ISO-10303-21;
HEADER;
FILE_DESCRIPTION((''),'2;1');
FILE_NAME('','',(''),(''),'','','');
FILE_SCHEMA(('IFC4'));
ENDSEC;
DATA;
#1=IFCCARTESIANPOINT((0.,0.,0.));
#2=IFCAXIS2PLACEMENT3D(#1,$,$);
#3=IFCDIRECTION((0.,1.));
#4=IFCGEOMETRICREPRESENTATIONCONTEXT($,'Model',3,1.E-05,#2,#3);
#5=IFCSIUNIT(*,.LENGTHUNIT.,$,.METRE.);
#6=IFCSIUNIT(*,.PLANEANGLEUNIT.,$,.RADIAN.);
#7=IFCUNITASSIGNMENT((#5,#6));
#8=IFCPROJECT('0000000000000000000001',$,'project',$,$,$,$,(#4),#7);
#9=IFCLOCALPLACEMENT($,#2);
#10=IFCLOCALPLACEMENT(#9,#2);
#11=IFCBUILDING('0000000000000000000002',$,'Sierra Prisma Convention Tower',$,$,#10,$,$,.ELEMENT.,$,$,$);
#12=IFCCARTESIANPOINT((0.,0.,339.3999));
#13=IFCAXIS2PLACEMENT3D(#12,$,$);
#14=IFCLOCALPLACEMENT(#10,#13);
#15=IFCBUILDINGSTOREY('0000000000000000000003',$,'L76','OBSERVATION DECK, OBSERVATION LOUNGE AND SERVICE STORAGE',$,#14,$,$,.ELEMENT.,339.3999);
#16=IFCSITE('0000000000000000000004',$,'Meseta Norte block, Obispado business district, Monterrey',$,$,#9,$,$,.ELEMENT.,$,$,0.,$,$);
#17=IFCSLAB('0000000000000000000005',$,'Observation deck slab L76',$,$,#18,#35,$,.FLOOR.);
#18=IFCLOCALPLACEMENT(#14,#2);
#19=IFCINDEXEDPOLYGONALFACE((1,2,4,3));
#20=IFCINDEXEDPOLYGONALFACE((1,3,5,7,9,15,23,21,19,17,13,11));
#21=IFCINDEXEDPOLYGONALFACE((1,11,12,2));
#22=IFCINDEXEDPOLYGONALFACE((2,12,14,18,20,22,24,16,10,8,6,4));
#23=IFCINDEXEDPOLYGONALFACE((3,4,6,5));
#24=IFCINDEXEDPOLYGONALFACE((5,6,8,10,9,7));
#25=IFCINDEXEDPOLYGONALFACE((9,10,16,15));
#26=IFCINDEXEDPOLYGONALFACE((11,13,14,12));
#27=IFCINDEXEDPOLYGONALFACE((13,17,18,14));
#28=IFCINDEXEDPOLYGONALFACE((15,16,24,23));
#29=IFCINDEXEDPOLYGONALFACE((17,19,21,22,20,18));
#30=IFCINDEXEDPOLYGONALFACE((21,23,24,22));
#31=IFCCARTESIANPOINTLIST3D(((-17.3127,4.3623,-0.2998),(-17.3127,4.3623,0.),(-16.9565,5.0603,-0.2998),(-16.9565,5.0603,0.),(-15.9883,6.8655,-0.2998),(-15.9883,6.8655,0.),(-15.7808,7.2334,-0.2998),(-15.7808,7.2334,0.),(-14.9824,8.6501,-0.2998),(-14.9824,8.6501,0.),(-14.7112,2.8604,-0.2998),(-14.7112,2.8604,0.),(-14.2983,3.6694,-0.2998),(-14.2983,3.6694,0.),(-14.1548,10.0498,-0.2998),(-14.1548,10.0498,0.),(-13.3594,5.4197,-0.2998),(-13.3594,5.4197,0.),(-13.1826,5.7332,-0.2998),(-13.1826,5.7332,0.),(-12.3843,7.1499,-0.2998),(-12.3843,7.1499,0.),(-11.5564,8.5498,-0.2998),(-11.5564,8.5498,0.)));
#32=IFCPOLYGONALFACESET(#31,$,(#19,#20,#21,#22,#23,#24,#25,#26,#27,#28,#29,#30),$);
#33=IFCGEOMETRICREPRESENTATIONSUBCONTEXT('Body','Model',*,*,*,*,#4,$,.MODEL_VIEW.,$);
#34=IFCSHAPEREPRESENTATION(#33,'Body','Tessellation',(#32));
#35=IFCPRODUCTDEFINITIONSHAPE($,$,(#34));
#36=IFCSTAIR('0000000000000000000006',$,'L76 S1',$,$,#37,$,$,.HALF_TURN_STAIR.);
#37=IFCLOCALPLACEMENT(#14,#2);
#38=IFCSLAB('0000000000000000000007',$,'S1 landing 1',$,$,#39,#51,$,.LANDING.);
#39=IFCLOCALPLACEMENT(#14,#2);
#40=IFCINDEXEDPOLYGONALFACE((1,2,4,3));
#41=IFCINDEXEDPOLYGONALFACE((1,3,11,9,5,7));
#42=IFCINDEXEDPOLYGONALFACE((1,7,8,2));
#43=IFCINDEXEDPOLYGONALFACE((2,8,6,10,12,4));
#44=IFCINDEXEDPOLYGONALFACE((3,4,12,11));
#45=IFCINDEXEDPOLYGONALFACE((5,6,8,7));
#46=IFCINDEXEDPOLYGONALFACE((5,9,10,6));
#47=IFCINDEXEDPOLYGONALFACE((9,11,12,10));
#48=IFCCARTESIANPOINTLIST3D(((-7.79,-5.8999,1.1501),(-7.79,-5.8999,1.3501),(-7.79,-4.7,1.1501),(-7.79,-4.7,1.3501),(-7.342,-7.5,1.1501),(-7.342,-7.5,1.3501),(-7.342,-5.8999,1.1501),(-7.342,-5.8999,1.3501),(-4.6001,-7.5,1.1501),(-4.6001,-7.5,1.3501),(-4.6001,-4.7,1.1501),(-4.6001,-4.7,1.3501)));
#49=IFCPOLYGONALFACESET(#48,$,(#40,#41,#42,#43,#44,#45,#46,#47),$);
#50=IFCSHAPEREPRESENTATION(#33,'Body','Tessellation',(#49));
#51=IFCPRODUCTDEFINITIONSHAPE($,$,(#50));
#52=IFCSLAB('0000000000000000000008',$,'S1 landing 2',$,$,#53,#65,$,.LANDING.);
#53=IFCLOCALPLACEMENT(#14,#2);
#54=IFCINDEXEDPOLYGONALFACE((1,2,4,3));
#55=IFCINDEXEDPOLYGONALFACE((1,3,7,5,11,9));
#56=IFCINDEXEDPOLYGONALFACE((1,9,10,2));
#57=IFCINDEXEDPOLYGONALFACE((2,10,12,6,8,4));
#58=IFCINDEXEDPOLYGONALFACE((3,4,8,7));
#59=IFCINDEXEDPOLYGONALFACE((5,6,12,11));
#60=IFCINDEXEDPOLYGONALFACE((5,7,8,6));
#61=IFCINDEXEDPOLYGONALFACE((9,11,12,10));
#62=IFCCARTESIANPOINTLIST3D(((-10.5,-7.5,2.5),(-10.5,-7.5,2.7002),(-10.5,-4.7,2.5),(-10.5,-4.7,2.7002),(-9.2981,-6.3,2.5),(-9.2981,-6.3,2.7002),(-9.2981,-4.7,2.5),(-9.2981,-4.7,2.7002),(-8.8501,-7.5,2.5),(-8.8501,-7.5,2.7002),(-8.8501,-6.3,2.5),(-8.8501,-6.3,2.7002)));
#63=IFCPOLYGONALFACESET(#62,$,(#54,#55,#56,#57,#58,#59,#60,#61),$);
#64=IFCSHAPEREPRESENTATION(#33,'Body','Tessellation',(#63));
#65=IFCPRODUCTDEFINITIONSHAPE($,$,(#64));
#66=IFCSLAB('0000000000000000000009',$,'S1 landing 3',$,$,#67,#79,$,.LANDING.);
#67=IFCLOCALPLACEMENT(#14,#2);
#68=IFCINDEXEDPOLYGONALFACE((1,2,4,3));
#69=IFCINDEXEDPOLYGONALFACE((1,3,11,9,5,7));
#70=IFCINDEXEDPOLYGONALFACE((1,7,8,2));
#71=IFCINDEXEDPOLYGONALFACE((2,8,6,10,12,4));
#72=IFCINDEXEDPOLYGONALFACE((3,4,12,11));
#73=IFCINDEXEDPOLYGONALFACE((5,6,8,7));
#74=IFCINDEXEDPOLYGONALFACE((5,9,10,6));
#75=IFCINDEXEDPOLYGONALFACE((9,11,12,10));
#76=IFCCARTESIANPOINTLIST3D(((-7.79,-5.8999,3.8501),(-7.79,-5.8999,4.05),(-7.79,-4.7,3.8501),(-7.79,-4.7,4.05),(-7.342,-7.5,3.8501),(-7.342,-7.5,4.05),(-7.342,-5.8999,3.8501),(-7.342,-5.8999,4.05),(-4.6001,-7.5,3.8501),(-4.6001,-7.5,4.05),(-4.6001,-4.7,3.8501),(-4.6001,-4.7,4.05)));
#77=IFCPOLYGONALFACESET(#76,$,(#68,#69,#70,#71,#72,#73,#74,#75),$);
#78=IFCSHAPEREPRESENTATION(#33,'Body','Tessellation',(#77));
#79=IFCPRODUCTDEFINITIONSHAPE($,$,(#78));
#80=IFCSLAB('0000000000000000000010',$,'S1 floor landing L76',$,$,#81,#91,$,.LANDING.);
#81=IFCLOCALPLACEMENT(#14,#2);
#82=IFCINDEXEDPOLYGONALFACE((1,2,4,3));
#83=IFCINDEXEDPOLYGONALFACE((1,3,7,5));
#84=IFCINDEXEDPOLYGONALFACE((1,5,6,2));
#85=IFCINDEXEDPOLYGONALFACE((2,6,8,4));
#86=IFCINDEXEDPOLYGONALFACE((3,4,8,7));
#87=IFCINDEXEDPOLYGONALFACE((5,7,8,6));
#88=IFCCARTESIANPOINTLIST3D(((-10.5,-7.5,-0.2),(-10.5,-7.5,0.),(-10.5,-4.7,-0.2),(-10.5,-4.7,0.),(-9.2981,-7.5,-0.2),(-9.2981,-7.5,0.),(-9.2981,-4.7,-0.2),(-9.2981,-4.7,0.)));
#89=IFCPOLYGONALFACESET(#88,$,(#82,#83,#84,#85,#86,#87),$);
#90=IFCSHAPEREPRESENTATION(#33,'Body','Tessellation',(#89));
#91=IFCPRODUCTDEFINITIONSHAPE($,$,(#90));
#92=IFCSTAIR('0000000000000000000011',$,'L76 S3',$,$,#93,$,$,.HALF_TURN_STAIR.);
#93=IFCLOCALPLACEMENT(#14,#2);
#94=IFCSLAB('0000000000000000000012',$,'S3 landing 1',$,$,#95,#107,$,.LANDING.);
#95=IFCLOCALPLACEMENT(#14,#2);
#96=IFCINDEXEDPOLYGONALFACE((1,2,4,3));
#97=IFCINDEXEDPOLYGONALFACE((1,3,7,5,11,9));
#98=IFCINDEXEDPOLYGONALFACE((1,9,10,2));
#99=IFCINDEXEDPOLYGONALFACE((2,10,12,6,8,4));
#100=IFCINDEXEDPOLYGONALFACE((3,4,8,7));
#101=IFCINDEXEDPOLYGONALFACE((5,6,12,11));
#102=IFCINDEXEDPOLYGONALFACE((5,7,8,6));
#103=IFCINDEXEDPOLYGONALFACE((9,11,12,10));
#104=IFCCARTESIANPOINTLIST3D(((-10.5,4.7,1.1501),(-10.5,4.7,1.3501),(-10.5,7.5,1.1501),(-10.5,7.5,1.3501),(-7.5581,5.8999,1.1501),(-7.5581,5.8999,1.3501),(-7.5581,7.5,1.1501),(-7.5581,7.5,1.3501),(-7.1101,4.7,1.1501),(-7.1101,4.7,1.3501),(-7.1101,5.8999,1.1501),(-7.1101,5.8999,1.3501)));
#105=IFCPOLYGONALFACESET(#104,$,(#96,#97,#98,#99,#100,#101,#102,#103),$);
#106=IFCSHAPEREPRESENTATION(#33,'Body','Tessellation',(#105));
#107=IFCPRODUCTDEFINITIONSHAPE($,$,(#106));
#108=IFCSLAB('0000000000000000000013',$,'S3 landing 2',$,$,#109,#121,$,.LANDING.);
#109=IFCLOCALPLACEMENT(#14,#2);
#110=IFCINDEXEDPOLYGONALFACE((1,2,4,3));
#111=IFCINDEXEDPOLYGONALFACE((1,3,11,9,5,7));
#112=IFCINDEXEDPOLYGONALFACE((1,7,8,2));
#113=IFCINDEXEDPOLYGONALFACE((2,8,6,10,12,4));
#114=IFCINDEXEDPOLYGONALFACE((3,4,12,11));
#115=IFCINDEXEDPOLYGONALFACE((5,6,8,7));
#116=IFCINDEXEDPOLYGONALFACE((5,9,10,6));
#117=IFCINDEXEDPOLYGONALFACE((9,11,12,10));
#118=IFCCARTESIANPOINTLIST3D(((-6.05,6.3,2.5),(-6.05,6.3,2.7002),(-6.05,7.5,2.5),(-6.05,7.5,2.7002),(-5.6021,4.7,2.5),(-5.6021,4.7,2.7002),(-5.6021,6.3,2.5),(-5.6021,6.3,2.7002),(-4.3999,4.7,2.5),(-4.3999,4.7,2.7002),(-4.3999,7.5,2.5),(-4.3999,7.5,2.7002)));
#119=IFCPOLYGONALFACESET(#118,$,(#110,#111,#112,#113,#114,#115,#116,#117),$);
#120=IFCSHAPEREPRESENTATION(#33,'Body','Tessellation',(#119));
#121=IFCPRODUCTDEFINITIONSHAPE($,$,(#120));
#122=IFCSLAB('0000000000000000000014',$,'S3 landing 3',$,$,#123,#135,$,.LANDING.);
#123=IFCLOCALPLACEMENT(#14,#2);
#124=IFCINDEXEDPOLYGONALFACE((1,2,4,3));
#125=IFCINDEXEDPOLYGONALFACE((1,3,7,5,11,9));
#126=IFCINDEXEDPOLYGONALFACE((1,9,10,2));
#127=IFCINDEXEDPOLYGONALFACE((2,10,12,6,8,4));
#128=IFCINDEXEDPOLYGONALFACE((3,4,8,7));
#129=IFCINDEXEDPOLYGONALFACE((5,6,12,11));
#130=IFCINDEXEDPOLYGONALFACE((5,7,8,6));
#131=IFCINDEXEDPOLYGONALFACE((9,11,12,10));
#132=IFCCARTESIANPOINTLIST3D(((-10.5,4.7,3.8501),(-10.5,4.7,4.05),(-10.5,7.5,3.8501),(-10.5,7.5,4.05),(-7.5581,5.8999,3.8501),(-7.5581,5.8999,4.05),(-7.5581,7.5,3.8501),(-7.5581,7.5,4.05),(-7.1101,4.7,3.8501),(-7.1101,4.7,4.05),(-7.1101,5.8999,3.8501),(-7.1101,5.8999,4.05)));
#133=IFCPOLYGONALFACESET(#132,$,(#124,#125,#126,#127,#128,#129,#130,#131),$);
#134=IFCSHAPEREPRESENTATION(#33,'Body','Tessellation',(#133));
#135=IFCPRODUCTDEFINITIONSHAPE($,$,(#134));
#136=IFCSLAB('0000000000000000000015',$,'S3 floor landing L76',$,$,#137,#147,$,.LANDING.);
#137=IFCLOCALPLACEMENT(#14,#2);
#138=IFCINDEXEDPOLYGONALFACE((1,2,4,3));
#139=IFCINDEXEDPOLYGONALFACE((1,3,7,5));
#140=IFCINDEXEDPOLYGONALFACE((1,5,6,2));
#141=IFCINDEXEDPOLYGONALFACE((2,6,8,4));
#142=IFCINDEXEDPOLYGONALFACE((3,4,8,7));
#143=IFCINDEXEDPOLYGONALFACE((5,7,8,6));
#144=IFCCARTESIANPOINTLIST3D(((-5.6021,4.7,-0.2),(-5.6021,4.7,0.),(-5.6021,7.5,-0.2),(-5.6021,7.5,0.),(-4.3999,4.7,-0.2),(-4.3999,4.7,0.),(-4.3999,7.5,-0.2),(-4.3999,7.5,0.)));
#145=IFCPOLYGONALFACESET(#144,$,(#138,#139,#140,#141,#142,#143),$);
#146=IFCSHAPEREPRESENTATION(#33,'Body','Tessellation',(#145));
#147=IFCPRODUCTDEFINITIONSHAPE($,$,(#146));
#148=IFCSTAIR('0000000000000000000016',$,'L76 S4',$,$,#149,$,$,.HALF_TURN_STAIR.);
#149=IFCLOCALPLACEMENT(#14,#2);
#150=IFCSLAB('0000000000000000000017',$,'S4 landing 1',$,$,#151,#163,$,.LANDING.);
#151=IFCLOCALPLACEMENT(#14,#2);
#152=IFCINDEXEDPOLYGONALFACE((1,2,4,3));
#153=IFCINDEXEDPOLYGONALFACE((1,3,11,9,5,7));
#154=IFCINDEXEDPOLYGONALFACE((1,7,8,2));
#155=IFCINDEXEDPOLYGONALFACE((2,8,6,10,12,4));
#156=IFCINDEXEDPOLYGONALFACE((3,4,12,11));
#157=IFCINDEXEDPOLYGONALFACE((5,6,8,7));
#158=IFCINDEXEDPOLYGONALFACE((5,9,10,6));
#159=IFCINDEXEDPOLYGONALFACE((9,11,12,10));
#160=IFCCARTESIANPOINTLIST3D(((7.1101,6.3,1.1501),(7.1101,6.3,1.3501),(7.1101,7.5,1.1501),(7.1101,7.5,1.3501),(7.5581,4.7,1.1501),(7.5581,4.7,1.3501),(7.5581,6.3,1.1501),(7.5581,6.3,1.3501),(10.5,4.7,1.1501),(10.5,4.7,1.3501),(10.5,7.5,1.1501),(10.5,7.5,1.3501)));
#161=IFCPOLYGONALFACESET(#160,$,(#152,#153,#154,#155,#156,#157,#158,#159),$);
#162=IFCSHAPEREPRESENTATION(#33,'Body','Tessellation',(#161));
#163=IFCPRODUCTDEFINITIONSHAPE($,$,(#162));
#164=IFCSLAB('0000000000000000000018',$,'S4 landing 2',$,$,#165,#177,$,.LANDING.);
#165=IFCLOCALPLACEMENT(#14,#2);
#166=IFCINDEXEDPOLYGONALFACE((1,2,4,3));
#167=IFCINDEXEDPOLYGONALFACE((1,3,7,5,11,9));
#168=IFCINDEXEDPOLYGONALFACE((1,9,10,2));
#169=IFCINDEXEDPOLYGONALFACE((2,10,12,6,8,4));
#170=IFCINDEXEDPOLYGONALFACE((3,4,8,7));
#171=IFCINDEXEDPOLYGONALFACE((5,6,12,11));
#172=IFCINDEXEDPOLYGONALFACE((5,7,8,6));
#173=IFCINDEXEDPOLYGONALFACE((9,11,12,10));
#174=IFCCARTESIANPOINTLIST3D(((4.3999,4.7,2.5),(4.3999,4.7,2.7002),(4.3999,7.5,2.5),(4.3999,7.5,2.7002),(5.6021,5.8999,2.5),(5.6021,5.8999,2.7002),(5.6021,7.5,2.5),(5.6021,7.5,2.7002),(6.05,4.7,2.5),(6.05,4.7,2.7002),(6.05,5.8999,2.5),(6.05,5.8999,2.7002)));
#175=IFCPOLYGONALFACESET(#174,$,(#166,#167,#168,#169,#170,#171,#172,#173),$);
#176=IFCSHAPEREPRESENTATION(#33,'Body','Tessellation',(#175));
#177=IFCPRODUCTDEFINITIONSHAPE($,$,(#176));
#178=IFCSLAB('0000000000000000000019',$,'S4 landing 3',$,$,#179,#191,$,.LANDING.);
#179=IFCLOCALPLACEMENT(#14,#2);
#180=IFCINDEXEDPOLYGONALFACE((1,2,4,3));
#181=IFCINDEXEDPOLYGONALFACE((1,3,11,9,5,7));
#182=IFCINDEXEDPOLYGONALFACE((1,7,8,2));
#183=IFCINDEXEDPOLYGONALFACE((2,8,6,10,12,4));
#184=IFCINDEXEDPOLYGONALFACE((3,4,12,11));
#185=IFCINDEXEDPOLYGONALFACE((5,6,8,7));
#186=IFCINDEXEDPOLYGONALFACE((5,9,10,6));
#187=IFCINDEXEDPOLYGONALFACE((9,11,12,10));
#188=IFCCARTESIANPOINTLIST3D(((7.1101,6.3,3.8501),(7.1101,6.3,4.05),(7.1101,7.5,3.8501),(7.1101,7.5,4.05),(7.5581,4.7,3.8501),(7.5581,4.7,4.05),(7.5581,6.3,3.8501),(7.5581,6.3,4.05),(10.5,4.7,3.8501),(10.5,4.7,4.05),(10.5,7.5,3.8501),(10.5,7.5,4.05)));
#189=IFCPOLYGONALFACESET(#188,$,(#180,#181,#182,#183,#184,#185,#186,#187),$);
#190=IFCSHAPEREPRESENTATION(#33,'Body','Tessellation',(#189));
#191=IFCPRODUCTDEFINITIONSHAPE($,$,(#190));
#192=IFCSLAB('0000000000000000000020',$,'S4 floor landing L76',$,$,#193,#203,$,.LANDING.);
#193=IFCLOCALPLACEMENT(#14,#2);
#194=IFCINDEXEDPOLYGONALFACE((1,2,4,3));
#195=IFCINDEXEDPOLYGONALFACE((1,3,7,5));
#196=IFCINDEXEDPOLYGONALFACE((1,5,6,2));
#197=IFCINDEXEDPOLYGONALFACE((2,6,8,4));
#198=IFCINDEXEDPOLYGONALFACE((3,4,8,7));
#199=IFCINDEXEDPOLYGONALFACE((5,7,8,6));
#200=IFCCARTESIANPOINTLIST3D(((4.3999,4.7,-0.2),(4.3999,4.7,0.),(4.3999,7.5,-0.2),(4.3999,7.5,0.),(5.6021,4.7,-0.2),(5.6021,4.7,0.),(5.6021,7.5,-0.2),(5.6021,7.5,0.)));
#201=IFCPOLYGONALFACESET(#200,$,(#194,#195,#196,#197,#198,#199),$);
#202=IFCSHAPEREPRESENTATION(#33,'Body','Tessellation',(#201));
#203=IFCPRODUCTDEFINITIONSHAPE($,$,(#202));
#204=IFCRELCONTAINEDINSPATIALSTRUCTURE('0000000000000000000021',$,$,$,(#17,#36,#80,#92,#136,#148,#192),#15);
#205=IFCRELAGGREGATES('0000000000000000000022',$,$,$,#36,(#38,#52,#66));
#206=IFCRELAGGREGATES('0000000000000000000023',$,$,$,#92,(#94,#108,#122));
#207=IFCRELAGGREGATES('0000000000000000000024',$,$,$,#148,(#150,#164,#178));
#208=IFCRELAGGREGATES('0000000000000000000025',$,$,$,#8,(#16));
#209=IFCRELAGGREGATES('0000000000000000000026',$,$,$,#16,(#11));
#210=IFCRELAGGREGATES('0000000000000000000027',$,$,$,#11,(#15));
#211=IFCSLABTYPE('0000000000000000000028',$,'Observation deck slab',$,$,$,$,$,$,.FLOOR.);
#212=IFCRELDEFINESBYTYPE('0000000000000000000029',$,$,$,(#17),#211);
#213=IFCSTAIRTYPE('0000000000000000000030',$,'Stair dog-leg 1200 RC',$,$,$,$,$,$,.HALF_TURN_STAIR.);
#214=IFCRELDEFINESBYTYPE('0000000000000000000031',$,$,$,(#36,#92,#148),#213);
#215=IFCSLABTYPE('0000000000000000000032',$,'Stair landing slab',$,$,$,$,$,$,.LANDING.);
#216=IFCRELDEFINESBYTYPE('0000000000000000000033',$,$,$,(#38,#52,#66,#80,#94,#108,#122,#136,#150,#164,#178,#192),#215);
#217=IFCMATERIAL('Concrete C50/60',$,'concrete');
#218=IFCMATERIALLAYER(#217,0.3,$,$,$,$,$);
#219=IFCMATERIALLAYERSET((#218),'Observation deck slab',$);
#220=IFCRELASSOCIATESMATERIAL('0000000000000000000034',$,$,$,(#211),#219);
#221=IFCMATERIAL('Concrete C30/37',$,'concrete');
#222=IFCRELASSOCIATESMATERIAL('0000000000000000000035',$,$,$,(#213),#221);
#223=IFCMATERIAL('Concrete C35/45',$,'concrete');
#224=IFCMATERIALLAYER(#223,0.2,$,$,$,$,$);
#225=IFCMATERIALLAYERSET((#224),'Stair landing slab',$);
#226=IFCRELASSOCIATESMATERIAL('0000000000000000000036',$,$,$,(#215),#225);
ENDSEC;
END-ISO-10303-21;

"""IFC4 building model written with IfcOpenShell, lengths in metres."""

from ifc_helpers import new_model, si_unit, direction, frame, origin, place, context, subcontext, project, spatial, polyline, outline, extrude, material, layer, layer_set, type_object, element, aggregate, save


model = new_model("IFC4")

# Units and contexts
model_context = context("Model", 3, precision=1e-05, world=origin(), true_north=direction((0.0, 1.0)))
body_context = subcontext(model_context, "Body", "Model", "MODEL_VIEW")
ifc_project = project(units=[si_unit("LENGTHUNIT", "METRE"), si_unit("PLANEANGLEUNIT", "RADIAN")], contexts=[model_context])

# Site, building, storey
site_placement = place(None, origin())
site = spatial("IfcSite", under=ifc_project, at=site_placement, Name="Meseta Norte block, Obispado business district, Monterrey", CompositionType="ELEMENT", RefElevation=0.0)
building_placement = place(site_placement, origin())
building = spatial("IfcBuilding", under=site, at=building_placement, Name="Sierra Prisma Convention Tower", CompositionType="ELEMENT")
storey_placement = place(building_placement, frame((0.0, 0.0, 339.3999)))
storey = spatial("IfcBuildingStorey", under=building, at=storey_placement, Name="L76", Description="OBSERVATION DECK, OBSERVATION LOUNGE AND SERVICE STORAGE", CompositionType="ELEMENT", Elevation=339.3999)

# Slab
ifc_material_1 = material(Name="Concrete C50/60", Category="concrete")
ifc_layer_1 = layer(ifc_material_1, 0.3)
ifc_layer_set_1 = layer_set([ifc_layer_1], Name="Observation deck slab")
slab_type_1 = type_object("IfcSlabType", Name="Observation deck slab", PredefinedType="FLOOR", material=ifc_layer_set_1)
slab_1_placement = place(storey_placement, frame((0.0, 0.0, -0.2998)))
element("IfcSlab", 1, at=slab_1_placement, inside=storey, type_object=slab_type_1, Name="Observation deck slab L76", PredefinedType="FLOOR", context=body_context, shape_type="SweptSolid", body=[
    extrude(outline(polyline([(-16.9565, 5.0603), (-15.9883, 6.8655), (-15.7808, 7.2334), (-14.9824, 8.6501), (-14.1548, 10.0498), (-11.5564, 8.5498), (-12.3843, 7.1499), (-13.1826, 5.7332), (-13.3594, 5.4197), (-14.2983, 3.6694), (-14.7112, 2.8604), (-17.3127, 4.3623), (-16.9565, 5.0603)])), origin(), (0.0, 0.0, 1.0), 0.2998),
])

# Stair, slabs
ifc_material_2 = material(Name="Concrete C30/37", Category="concrete")
stair_type = type_object("IfcStairType", Name="Stair dog-leg 1200 RC", PredefinedType="HALF_TURN_STAIR", material=ifc_material_2)
stair_1_placement = place(storey_placement, origin())
stair_1 = element("IfcStair", 2, at=stair_1_placement, inside=storey, type_object=stair_type, Name="L76 S1", PredefinedType="HALF_TURN_STAIR")
ifc_material_3 = material(Name="Concrete C35/45", Category="concrete")
ifc_layer_2 = layer(ifc_material_3, 0.2)
ifc_layer_set_2 = layer_set([ifc_layer_2], Name="Stair landing slab")
slab_type_2 = type_object("IfcSlabType", Name="Stair landing slab", PredefinedType="LANDING", material=ifc_layer_set_2)
slab_2_placement = place(storey_placement, frame((0.0, 0.0, 1.1501)))
slab_2 = element("IfcSlab", 3, at=slab_2_placement, type_object=slab_type_2, Name="S1 landing 1", PredefinedType="LANDING", context=body_context, shape_type="SweptSolid", body=[
    extrude(outline(polyline([(-4.6001, -4.7), (-4.6001, -7.5), (-7.342, -7.5), (-7.342, -5.8999), (-7.79, -5.8999), (-7.79, -4.7), (-4.6001, -4.7)])), origin(), (0.0, 0.0, 1.0), 0.2),
])
slab_3_placement = place(storey_placement, frame((0.0, 0.0, 2.5)))
slab_3 = element("IfcSlab", 4, at=slab_3_placement, type_object=slab_type_2, Name="S1 landing 2", PredefinedType="LANDING", context=body_context, shape_type="SweptSolid", body=[
    extrude(outline(polyline([(-10.5, -7.5), (-10.5, -4.7), (-9.2981, -4.7), (-9.2981, -6.3), (-8.8501, -6.3), (-8.8501, -7.5), (-10.5, -7.5)])), origin(), (0.0, 0.0, 1.0), 0.2002),
])
slab_4_placement = place(storey_placement, frame((0.0, 0.0, 3.8501)))
slab_4 = element("IfcSlab", 5, at=slab_4_placement, type_object=slab_type_2, Name="S1 landing 3", PredefinedType="LANDING", context=body_context, shape_type="SweptSolid", body=[
    extrude(outline(polyline([(-4.6001, -4.7), (-4.6001, -7.5), (-7.342, -7.5), (-7.342, -5.8999), (-7.79, -5.8999), (-7.79, -4.7), (-4.6001, -4.7)])), origin(), (0.0, 0.0, 1.0), 0.2),
])
aggregate(stair_1, [slab_2, slab_3, slab_4])

# Slab
slab_5_placement = place(storey_placement, frame((0.0, 0.0, -0.2)))
element("IfcSlab", 6, at=slab_5_placement, inside=storey, type_object=slab_type_2, Name="S1 floor landing L76", PredefinedType="LANDING", context=body_context, shape_type="SweptSolid", body=[
    extrude(outline(polyline([(-10.5, -7.5), (-9.2981, -7.5), (-9.2981, -4.7), (-10.5, -4.7), (-10.5, -7.5)])), origin(), (0.0, 0.0, 1.0), 0.2),
])

# Stair, slabs
stair_2_placement = place(storey_placement, origin())
stair_2 = element("IfcStair", 7, at=stair_2_placement, inside=storey, type_object=stair_type, Name="L76 S3", PredefinedType="HALF_TURN_STAIR")
slab_6_placement = place(storey_placement, frame((0.0, 0.0, 1.1501)))
slab_6 = element("IfcSlab", 8, at=slab_6_placement, type_object=slab_type_2, Name="S3 landing 1", PredefinedType="LANDING", context=body_context, shape_type="SweptSolid", body=[
    extrude(outline(polyline([(-7.1101, 5.8999), (-7.1101, 4.7), (-10.5, 4.7), (-10.5, 7.5), (-7.5581, 7.5), (-7.5581, 5.8999), (-7.1101, 5.8999)])), origin(), (0.0, 0.0, 1.0), 0.2),
])
slab_7_placement = place(storey_placement, frame((0.0, 0.0, 2.5)))
slab_7 = element("IfcSlab", 9, at=slab_7_placement, type_object=slab_type_2, Name="S3 landing 2", PredefinedType="LANDING", context=body_context, shape_type="SweptSolid", body=[
    extrude(outline(polyline([(-4.3999, 7.5), (-4.3999, 4.7), (-5.6021, 4.7), (-5.6021, 6.3), (-6.05, 6.3), (-6.05, 7.5), (-4.3999, 7.5)])), origin(), (0.0, 0.0, 1.0), 0.2002),
])
slab_8_placement = place(storey_placement, frame((0.0, 0.0, 3.8501)))
slab_8 = element("IfcSlab", 10, at=slab_8_placement, type_object=slab_type_2, Name="S3 landing 3", PredefinedType="LANDING", context=body_context, shape_type="SweptSolid", body=[
    extrude(outline(polyline([(-7.1101, 5.8999), (-7.1101, 4.7), (-10.5, 4.7), (-10.5, 7.5), (-7.5581, 7.5), (-7.5581, 5.8999), (-7.1101, 5.8999)])), origin(), (0.0, 0.0, 1.0), 0.2),
])
aggregate(stair_2, [slab_6, slab_7, slab_8])

# Slab
slab_9_placement = place(storey_placement, frame((0.0, 0.0, -0.2)))
element("IfcSlab", 11, at=slab_9_placement, inside=storey, type_object=slab_type_2, Name="S3 floor landing L76", PredefinedType="LANDING", context=body_context, shape_type="SweptSolid", body=[
    extrude(outline(polyline([(-4.3999, 7.5), (-5.6021, 7.5), (-5.6021, 4.7), (-4.3999, 4.7), (-4.3999, 7.5)])), origin(), (0.0, 0.0, 1.0), 0.2),
])

# Stair, slabs
stair_3_placement = place(storey_placement, origin())
stair_3 = element("IfcStair", 12, at=stair_3_placement, inside=storey, type_object=stair_type, Name="L76 S4", PredefinedType="HALF_TURN_STAIR")
slab_10_placement = place(storey_placement, frame((0.0, 0.0, 1.1501)))
slab_10 = element("IfcSlab", 13, at=slab_10_placement, type_object=slab_type_2, Name="S4 landing 1", PredefinedType="LANDING", context=body_context, shape_type="SweptSolid", body=[
    extrude(outline(polyline([(10.5, 7.5), (10.5, 4.7), (7.5581, 4.7), (7.5581, 6.3), (7.1101, 6.3), (7.1101, 7.5), (10.5, 7.5)])), origin(), (0.0, 0.0, 1.0), 0.2),
])
slab_11_placement = place(storey_placement, frame((0.0, 0.0, 2.5)))
slab_11 = element("IfcSlab", 14, at=slab_11_placement, type_object=slab_type_2, Name="S4 landing 2", PredefinedType="LANDING", context=body_context, shape_type="SweptSolid", body=[
    extrude(outline(polyline([(4.3999, 4.7), (4.3999, 7.5), (5.6021, 7.5), (5.6021, 5.8999), (6.05, 5.8999), (6.05, 4.7), (4.3999, 4.7)])), origin(), (0.0, 0.0, 1.0), 0.2002),
])
slab_12_placement = place(storey_placement, frame((0.0, 0.0, 3.8501)))
slab_12 = element("IfcSlab", 15, at=slab_12_placement, type_object=slab_type_2, Name="S4 landing 3", PredefinedType="LANDING", context=body_context, shape_type="SweptSolid", body=[
    extrude(outline(polyline([(10.5, 7.5), (10.5, 4.7), (7.5581, 4.7), (7.5581, 6.3), (7.1101, 6.3), (7.1101, 7.5), (10.5, 7.5)])), origin(), (0.0, 0.0, 1.0), 0.2),
])
aggregate(stair_3, [slab_10, slab_11, slab_12])

# Slab
slab_13_placement = place(storey_placement, frame((0.0, 0.0, -0.2)))
element("IfcSlab", 16, at=slab_13_placement, inside=storey, type_object=slab_type_2, Name="S4 floor landing L76", PredefinedType="LANDING", context=body_context, shape_type="SweptSolid", body=[
    extrude(outline(polyline([(4.3999, 4.7), (5.6021, 4.7), (5.6021, 7.5), (4.3999, 7.5), (4.3999, 4.7)])), origin(), (0.0, 0.0, 1.0), 0.2),
])

save(model, "model.ifc")
